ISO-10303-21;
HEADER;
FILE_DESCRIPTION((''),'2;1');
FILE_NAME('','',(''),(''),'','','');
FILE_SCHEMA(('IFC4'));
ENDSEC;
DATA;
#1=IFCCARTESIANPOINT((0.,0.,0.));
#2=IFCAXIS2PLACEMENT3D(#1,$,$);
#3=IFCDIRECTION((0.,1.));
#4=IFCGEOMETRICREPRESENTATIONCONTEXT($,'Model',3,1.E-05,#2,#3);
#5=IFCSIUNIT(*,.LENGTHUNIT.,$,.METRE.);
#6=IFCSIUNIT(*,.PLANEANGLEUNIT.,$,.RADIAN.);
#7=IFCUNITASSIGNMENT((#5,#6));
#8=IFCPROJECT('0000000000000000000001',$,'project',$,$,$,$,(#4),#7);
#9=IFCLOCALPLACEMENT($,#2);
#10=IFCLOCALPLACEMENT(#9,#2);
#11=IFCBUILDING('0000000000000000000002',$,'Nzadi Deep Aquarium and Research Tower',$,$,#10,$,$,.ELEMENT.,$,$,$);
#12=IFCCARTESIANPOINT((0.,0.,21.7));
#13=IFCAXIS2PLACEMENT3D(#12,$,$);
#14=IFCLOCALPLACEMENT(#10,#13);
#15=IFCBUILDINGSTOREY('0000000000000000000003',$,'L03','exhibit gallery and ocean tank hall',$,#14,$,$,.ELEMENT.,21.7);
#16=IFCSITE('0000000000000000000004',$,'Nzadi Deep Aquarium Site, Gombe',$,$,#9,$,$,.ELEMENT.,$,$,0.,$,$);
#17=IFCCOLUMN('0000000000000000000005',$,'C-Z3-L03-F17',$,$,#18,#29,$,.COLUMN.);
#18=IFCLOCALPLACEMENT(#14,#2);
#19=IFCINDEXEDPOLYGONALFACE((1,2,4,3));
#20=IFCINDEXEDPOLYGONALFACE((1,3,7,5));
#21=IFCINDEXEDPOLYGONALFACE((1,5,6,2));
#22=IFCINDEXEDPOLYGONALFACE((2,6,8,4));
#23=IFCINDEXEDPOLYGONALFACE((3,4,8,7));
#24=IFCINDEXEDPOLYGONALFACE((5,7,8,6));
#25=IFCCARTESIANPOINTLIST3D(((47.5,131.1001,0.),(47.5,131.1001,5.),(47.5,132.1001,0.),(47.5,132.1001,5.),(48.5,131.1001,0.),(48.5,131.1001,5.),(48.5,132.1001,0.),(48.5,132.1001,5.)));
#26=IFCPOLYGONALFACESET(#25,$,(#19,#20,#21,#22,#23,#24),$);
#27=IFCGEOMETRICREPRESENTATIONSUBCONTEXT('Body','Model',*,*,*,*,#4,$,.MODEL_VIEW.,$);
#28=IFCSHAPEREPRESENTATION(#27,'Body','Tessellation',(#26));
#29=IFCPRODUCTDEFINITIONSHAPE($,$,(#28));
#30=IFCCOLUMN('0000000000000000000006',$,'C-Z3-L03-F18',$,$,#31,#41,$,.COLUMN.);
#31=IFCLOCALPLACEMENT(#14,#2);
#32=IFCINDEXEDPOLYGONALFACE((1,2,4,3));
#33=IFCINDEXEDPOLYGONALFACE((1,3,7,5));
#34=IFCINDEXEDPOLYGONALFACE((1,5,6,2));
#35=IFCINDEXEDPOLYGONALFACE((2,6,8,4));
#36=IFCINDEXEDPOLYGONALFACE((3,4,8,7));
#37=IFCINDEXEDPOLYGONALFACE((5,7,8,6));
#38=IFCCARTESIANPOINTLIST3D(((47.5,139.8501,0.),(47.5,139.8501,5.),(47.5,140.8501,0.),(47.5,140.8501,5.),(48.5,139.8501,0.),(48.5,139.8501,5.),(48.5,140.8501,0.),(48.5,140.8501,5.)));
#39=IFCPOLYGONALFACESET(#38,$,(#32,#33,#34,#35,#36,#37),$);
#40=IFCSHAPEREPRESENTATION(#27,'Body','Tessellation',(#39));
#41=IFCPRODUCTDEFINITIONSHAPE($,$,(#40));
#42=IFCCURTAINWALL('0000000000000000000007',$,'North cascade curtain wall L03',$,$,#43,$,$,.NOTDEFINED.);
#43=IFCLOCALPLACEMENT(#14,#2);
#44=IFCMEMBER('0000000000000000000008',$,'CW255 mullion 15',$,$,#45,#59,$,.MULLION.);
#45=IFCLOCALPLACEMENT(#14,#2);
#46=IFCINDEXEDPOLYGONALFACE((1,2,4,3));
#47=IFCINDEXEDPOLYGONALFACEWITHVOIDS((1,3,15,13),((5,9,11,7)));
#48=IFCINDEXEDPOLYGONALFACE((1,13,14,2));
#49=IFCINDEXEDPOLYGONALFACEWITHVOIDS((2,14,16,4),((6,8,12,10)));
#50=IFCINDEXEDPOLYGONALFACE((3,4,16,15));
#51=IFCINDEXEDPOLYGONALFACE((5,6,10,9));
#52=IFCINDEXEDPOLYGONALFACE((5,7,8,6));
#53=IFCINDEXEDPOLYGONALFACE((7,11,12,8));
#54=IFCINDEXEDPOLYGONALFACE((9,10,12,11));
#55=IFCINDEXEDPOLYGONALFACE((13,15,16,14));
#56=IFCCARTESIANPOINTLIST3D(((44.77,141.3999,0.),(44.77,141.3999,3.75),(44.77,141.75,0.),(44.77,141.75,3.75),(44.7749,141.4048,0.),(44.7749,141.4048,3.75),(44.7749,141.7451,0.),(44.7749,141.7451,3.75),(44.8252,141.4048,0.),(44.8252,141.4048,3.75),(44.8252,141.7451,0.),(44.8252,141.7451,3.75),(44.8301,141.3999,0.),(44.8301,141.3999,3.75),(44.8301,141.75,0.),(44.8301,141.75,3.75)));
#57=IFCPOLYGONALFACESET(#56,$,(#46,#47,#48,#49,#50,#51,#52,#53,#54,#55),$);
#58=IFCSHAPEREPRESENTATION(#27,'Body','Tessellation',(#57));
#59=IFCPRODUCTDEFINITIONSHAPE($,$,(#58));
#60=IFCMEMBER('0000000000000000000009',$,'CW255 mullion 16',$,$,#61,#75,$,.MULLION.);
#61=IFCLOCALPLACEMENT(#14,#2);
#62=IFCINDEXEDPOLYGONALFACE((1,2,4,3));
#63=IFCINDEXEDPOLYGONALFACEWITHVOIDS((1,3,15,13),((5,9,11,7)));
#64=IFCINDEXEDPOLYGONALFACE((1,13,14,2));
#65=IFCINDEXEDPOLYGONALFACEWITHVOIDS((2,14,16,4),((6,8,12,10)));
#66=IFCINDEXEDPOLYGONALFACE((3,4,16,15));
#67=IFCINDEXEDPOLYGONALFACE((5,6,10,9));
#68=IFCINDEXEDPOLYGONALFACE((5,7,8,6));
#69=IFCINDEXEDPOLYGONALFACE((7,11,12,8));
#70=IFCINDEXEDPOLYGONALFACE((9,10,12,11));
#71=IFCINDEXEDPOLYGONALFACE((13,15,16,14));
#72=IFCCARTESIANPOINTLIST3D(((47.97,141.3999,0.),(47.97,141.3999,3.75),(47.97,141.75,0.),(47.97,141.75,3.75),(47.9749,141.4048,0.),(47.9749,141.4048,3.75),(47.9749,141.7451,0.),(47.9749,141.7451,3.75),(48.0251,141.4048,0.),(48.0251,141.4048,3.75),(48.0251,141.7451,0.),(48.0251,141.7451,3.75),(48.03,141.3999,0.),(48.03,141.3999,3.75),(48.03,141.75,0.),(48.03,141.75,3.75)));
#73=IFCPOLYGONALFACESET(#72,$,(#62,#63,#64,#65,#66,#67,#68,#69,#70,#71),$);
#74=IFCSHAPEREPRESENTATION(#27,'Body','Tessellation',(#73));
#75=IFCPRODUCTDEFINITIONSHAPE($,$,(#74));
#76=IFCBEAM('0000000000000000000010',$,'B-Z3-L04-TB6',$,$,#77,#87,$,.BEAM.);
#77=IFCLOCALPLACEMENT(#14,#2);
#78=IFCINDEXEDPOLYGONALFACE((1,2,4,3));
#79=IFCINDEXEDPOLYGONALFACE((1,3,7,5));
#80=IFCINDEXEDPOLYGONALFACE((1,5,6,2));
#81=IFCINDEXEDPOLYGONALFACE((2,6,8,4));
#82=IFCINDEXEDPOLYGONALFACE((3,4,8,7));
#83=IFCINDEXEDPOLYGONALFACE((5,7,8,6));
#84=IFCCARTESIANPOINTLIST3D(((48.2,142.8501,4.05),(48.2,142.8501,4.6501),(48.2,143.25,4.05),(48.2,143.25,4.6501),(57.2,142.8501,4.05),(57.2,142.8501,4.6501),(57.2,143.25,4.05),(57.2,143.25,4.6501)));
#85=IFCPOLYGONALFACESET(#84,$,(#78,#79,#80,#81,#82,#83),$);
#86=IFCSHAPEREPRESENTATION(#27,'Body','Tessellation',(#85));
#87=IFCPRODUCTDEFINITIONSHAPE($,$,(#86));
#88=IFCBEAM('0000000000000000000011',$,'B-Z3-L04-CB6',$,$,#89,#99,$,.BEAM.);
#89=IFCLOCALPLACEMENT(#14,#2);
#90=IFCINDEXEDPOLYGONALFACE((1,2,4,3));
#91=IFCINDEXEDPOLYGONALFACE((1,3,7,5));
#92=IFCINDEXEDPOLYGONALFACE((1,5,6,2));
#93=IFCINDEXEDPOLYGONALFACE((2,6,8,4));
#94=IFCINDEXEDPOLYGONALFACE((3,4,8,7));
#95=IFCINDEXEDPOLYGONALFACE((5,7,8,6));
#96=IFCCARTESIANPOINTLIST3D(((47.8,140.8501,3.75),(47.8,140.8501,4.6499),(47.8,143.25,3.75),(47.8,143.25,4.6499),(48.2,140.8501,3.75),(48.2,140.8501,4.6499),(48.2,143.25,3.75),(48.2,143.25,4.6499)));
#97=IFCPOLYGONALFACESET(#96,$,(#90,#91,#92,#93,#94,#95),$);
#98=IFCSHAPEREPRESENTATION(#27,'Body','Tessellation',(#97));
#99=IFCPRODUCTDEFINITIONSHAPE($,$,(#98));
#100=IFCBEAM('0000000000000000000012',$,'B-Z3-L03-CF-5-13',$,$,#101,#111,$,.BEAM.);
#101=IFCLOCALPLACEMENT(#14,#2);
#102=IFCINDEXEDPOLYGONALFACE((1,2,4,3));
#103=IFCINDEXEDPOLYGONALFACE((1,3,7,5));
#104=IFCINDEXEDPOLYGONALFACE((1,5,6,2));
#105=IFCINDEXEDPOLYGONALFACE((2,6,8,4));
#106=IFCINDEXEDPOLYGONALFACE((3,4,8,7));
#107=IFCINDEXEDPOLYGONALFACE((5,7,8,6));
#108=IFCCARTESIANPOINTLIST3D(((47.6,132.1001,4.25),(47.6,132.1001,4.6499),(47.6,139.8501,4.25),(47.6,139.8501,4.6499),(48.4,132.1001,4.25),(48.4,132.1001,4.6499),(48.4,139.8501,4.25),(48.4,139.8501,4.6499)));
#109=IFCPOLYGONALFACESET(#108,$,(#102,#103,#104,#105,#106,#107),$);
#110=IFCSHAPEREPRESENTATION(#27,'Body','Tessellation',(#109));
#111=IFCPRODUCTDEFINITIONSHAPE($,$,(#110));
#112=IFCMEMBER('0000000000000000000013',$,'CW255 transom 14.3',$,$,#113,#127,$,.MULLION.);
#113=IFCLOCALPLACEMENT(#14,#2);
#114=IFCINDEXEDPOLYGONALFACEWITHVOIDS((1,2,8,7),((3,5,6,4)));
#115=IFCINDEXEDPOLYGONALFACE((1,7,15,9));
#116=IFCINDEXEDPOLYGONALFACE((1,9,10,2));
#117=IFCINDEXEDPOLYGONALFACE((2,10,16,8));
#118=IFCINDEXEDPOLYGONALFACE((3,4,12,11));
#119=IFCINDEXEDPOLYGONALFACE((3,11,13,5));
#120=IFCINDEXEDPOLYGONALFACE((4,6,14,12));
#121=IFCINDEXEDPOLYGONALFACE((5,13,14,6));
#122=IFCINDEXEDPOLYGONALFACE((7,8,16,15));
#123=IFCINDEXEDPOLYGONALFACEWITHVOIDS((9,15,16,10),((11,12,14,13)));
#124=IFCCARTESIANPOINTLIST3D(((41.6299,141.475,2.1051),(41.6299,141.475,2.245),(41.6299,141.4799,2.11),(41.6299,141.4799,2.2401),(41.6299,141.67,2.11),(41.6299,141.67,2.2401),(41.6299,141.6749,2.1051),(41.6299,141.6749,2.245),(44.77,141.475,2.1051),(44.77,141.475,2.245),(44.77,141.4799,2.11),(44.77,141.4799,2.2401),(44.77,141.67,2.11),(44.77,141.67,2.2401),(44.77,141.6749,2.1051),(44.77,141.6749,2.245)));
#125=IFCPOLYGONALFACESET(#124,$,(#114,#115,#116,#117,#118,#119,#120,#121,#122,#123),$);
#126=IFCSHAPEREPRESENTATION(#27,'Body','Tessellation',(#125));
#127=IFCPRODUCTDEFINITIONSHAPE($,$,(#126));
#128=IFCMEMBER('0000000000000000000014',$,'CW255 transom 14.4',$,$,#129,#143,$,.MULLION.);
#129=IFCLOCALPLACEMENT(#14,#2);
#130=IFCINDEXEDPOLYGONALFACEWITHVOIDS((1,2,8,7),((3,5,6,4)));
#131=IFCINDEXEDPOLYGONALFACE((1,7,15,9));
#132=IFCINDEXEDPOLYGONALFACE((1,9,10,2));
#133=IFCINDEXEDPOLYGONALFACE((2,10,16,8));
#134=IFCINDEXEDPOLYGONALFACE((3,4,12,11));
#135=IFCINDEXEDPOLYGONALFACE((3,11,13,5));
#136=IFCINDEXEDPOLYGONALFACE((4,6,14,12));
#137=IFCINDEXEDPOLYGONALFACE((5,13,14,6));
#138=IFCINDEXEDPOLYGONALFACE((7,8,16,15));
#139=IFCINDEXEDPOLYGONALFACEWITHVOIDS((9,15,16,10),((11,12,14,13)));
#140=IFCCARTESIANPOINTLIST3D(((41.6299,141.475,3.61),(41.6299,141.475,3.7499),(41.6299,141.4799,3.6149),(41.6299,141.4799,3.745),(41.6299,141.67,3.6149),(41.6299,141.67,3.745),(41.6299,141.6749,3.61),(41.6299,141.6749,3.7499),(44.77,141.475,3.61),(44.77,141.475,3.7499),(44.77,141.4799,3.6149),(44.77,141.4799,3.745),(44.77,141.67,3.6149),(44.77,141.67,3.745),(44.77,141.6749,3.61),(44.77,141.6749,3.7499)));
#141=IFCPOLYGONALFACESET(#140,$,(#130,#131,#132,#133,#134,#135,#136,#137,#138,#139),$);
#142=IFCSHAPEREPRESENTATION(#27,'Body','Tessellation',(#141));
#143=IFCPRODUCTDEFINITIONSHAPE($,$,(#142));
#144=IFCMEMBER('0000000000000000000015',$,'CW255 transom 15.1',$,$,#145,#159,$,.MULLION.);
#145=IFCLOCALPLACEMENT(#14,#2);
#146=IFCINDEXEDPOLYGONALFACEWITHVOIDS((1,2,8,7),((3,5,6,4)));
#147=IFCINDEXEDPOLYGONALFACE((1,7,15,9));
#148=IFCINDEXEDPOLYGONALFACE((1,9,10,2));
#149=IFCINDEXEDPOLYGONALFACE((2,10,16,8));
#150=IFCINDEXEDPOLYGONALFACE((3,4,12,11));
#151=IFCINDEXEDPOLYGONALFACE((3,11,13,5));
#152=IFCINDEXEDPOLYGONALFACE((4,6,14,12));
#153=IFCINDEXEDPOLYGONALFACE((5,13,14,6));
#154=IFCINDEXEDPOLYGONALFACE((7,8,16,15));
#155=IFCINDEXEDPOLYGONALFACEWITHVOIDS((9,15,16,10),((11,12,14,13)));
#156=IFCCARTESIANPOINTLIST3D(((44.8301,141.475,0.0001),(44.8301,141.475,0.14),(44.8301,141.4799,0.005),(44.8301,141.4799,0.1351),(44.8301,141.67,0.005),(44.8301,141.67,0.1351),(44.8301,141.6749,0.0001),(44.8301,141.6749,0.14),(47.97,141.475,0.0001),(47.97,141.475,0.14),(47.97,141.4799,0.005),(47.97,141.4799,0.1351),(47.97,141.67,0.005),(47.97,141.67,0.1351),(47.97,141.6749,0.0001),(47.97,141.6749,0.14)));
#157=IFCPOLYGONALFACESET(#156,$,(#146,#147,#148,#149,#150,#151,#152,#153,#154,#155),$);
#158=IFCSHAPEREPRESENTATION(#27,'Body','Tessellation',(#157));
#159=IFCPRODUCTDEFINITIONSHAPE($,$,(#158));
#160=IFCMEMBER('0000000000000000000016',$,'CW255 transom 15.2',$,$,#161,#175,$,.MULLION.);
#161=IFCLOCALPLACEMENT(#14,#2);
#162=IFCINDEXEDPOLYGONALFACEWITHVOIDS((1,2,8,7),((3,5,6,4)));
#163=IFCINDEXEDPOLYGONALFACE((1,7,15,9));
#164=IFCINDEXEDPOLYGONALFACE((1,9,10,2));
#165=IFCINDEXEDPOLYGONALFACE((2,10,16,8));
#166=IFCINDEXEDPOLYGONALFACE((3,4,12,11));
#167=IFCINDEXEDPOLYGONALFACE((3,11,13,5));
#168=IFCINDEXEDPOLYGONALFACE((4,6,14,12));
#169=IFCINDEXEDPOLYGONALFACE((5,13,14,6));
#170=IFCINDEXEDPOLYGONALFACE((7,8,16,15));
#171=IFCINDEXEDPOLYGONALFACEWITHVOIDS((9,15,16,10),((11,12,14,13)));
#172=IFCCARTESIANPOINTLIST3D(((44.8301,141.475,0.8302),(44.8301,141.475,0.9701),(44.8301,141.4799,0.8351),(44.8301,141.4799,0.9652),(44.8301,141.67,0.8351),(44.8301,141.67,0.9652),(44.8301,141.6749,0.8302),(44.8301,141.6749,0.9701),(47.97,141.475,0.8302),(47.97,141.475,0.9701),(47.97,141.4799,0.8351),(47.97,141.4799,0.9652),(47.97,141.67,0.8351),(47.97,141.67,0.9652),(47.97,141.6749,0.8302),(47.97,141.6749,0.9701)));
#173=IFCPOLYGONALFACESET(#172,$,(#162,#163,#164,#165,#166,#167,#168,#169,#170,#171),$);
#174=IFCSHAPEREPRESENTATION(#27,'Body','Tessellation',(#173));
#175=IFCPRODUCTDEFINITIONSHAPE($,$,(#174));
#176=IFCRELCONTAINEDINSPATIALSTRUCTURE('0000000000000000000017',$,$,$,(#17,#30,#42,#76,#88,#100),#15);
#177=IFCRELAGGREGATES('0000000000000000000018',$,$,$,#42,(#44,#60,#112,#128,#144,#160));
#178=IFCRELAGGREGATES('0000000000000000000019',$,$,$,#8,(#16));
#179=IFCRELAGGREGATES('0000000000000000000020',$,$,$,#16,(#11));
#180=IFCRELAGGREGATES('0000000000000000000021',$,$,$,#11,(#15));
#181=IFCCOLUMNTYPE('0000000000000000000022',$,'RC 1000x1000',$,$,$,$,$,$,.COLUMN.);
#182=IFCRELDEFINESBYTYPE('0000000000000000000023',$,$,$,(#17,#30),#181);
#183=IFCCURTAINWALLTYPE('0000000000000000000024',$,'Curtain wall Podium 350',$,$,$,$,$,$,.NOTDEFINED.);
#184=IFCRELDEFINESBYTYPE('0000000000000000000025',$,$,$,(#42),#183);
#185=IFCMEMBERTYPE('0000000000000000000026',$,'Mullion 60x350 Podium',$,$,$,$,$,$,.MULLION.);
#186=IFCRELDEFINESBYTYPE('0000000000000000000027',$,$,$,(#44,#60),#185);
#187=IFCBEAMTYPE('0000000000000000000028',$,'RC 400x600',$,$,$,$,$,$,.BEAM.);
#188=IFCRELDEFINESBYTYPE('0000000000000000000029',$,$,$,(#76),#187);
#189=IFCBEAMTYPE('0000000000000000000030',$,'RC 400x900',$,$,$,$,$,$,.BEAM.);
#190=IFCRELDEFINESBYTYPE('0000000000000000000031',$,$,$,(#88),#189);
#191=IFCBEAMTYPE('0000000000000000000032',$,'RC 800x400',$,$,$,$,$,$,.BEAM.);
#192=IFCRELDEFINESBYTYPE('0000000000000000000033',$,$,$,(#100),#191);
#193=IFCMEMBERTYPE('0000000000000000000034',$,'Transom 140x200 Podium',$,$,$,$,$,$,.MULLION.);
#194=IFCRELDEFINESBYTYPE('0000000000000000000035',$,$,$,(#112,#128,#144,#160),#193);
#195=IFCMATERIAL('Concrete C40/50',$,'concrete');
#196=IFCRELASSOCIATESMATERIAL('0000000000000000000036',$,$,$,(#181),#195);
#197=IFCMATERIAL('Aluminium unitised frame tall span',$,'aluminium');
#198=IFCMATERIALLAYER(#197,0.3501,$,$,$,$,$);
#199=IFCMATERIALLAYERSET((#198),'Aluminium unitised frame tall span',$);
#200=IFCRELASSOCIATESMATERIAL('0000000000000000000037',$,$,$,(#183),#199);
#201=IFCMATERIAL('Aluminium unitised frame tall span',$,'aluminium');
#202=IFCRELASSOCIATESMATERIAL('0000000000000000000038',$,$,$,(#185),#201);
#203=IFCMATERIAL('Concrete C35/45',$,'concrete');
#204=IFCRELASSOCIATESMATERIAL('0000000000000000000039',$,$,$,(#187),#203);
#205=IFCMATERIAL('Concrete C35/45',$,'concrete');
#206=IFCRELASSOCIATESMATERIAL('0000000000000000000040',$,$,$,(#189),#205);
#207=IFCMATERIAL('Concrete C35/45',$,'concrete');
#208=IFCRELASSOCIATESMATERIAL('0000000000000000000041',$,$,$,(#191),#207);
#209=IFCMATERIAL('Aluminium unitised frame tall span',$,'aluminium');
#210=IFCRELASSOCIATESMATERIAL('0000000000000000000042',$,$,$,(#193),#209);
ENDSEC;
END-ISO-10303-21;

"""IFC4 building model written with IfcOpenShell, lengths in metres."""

from ifc_helpers import new_model, si_unit, direction, frame, origin, origin_2d, place, context, subcontext, project, spatial, rectangle, hollow_rectangle, extrude, material, layer, layer_set, material_profile, profile_set, type_object, element, aggregate, save


model = new_model("IFC4")

# Units and contexts
model_context = context("Model", 3, precision=1e-05, world=origin(), true_north=direction((0.0, 1.0)))
body_context = subcontext(model_context, "Body", "Model", "MODEL_VIEW")
ifc_project = project(units=[si_unit("LENGTHUNIT", "METRE"), si_unit("PLANEANGLEUNIT", "RADIAN")], contexts=[model_context])

# Site, building, storey
site_placement = place(None, origin())
site = spatial("IfcSite", under=ifc_project, at=site_placement, Name="Nzadi Deep Aquarium Site, Gombe", CompositionType="ELEMENT", RefElevation=0.0)
building_placement = place(site_placement, origin())
building = spatial("IfcBuilding", under=site, at=building_placement, Name="Nzadi Deep Aquarium and Research Tower", CompositionType="ELEMENT")
storey_placement = place(building_placement, frame((0.0, 0.0, 21.7)))
storey = spatial("IfcBuildingStorey", under=building, at=storey_placement, Name="L03", Description="exhibit gallery and ocean tank hall", CompositionType="ELEMENT", Elevation=21.7)

# Columns
ifc_material_1 = material(Name="Concrete C40/50", Category="concrete")
ifc_material_profile_1 = material_profile(ifc_material_1, rectangle(XDim=1.0, YDim=1.0, at=origin_2d()))
ifc_profile_set_1 = profile_set([ifc_material_profile_1], Name="Concrete C40/50")
column_type = type_object("IfcColumnType", Name="RC 1000x1000", PredefinedType="COLUMN", material=ifc_profile_set_1)
for number, where, z_axis, x_axis, name in (
    (1, (48.0, 131.6001, 0.0), (0.0, 0.0, 1.0), (1.0, 0.0, 0.0), "C-Z3-L03-F17"),
    (2, (48.0, 140.3501, 0.0), (0.0, 0.0, 1.0), (1.0, 0.0, 0.0), "C-Z3-L03-F18"),
):
    element("IfcColumn", number, at=place(storey_placement, frame(where, z_axis=z_axis, x_axis=x_axis)), inside=storey, type_object=column_type, Name=name, PredefinedType="COLUMN", context=body_context, shape_type="SweptSolid", body=[
        extrude(rectangle(XDim=1.0, YDim=1.0, at=origin_2d()), origin(), (0.0, 0.0, 1.0), 5.0),
    ])

# Curtain wall, members
ifc_material_2 = material(Name="Aluminium unitised frame tall span", Category="aluminium")
ifc_layer_1 = layer(ifc_material_2, 0.3501)
ifc_layer_set_1 = layer_set([ifc_layer_1], Name="Aluminium unitised frame tall span")
curtain_wall_type = type_object("IfcCurtainWallType", Name="Curtain wall Podium 350", PredefinedType="NOTDEFINED", material=ifc_layer_set_1)
curtain_wall_placement = place(storey_placement, origin())
curtain_wall = element("IfcCurtainWall", 3, at=curtain_wall_placement, inside=storey, type_object=curtain_wall_type, Name="North cascade curtain wall L03", PredefinedType="NOTDEFINED")
ifc_material_3 = material(Name="Aluminium unitised frame tall span", Category="aluminium")
ifc_material_profile_2 = material_profile(ifc_material_3, hollow_rectangle(XDim=0.3501, YDim=0.0601, WallThickness=0.0049, at=origin_2d()))
ifc_profile_set_2 = profile_set([ifc_material_profile_2], Name="Aluminium unitised frame tall span")
member_type_1 = type_object("IfcMemberType", Name="Mullion 60x350 Podium", PredefinedType="MULLION", material=ifc_profile_set_2)
member_1_placement = place(storey_placement, frame((44.8, 141.575, 0.0), z_axis=(0.0, 0.0, 1.0), x_axis=(0.0, 1.0, 0.0)))
member_1 = element("IfcMember", 4, at=member_1_placement, type_object=member_type_1, Name="CW255 mullion 15", PredefinedType="MULLION", context=body_context, shape_type="SweptSolid", body=[
    extrude(hollow_rectangle(XDim=0.3501, YDim=0.0601, WallThickness=0.0049, at=origin_2d()), origin(), (0.0, 0.0, 1.0), 3.75),
])
member_2_placement = place(storey_placement, frame((48.0, 141.575, 0.0), z_axis=(0.0, 0.0, 1.0), x_axis=(0.0, 1.0, 0.0)))
member_2 = element("IfcMember", 5, at=member_2_placement, type_object=member_type_1, Name="CW255 mullion 16", PredefinedType="MULLION", context=body_context, shape_type="SweptSolid", body=[
    extrude(hollow_rectangle(XDim=0.3501, YDim=0.0601, WallThickness=0.0049, at=origin_2d()), origin(), (0.0, 0.0, 1.0), 3.75),
])

# Beams
ifc_material_4 = material(Name="Concrete C35/45", Category="concrete")
ifc_material_profile_3 = material_profile(ifc_material_4, rectangle(XDim=0.3999, YDim=0.6001, at=origin_2d()))
ifc_profile_set_3 = profile_set([ifc_material_profile_3], Name="Concrete C35/45")
beam_type_1 = type_object("IfcBeamType", Name="RC 400x600", PredefinedType="BEAM", material=ifc_profile_set_3)
beam_1_placement = place(storey_placement, frame((48.2, 143.05, 4.3501), z_axis=(1.0, 0.0, 0.0), x_axis=(0.0, 1.0, 0.0)))
element("IfcBeam", 6, at=beam_1_placement, inside=storey, type_object=beam_type_1, Name="B-Z3-L04-TB6", PredefinedType="BEAM", context=body_context, shape_type="SweptSolid", body=[
    extrude(rectangle(XDim=0.3999, YDim=0.6001, at=origin_2d()), origin(), (0.0, 0.0, 1.0), 9.0),
])
ifc_material_5 = material(Name="Concrete C35/45", Category="concrete")
ifc_material_profile_4 = material_profile(ifc_material_5, rectangle(XDim=0.3999, YDim=0.8999, at=origin_2d()))
ifc_profile_set_4 = profile_set([ifc_material_profile_4], Name="Concrete C35/45")
beam_type_2 = type_object("IfcBeamType", Name="RC 400x900", PredefinedType="BEAM", material=ifc_profile_set_4)
beam_2_placement = place(storey_placement, frame((48.0, 140.8501, 4.2), z_axis=(0.0, 1.0, 0.0), x_axis=(-1.0, 0.0, 0.0)))
element("IfcBeam", 7, at=beam_2_placement, inside=storey, type_object=beam_type_2, Name="B-Z3-L04-CB6", PredefinedType="BEAM", context=body_context, shape_type="SweptSolid", body=[
    extrude(rectangle(XDim=0.3999, YDim=0.8999, at=origin_2d()), origin(), (0.0, 0.0, 1.0), 2.3999),
])
ifc_material_6 = material(Name="Concrete C35/45", Category="concrete")
ifc_material_profile_5 = material_profile(ifc_material_6, rectangle(XDim=0.8, YDim=0.3999, at=origin_2d()))
ifc_profile_set_5 = profile_set([ifc_material_profile_5], Name="Concrete C35/45")
beam_type_3 = type_object("IfcBeamType", Name="RC 800x400", PredefinedType="BEAM", material=ifc_profile_set_5)
beam_3_placement = place(storey_placement, frame((48.0, 132.1001, 4.45), z_axis=(0.0, 1.0, 0.0), x_axis=(-1.0, 0.0, 0.0)))
element("IfcBeam", 8, at=beam_3_placement, inside=storey, type_object=beam_type_3, Name="B-Z3-L03-CF-5-13", PredefinedType="BEAM", context=body_context, shape_type="SweptSolid", body=[
    extrude(rectangle(XDim=0.8, YDim=0.3999, at=origin_2d()), origin(), (0.0, 0.0, 1.0), 7.75),
])

# Members
ifc_material_7 = material(Name="Aluminium unitised frame tall span", Category="aluminium")
ifc_material_profile_6 = material_profile(ifc_material_7, hollow_rectangle(XDim=0.2, YDim=0.1399, WallThickness=0.0049, at=origin_2d()))
ifc_profile_set_6 = profile_set([ifc_material_profile_6], Name="Aluminium unitised frame tall span")
member_type_2 = type_object("IfcMemberType", Name="Transom 140x200 Podium", PredefinedType="MULLION", material=ifc_profile_set_6)
member_3_placement = place(storey_placement, frame((41.6299, 141.575, 2.175), z_axis=(1.0, 0.0, 0.0), x_axis=(0.0, 1.0, 0.0)))
member_3 = element("IfcMember", 9, at=member_3_placement, type_object=member_type_2, Name="CW255 transom 14.3", PredefinedType="MULLION", context=body_context, shape_type="SweptSolid", body=[
    extrude(hollow_rectangle(XDim=0.2, YDim=0.1399, WallThickness=0.0049, at=origin_2d()), origin(), (0.0, 0.0, 1.0), 3.1401),
])
member_4_placement = place(storey_placement, frame((41.6299, 141.575, 3.6799), z_axis=(1.0, 0.0, 0.0), x_axis=(0.0, 1.0, 0.0)))
member_4 = element("IfcMember", 10, at=member_4_placement, type_object=member_type_2, Name="CW255 transom 14.4", PredefinedType="MULLION", context=body_context, shape_type="SweptSolid", body=[
    extrude(hollow_rectangle(XDim=0.2, YDim=0.1399, WallThickness=0.0049, at=origin_2d()), origin(), (0.0, 0.0, 1.0), 3.1401),
])
member_5_placement = place(storey_placement, frame((44.8301, 141.575, 0.0701), z_axis=(1.0, 0.0, 0.0), x_axis=(0.0, 1.0, 0.0)))
member_5 = element("IfcMember", 11, at=member_5_placement, type_object=member_type_2, Name="CW255 transom 15.1", PredefinedType="MULLION", context=body_context, shape_type="SweptSolid", body=[
    extrude(hollow_rectangle(XDim=0.2, YDim=0.1399, WallThickness=0.0049, at=origin_2d()), origin(), (0.0, 0.0, 1.0), 3.1399),
])
member_6_placement = place(storey_placement, frame((44.8301, 141.575, 0.9001), z_axis=(1.0, 0.0, 0.0), x_axis=(0.0, 1.0, 0.0)))
member_6 = element("IfcMember", 12, at=member_6_placement, type_object=member_type_2, Name="CW255 transom 15.2", PredefinedType="MULLION", context=body_context, shape_type="SweptSolid", body=[
    extrude(hollow_rectangle(XDim=0.2, YDim=0.1399, WallThickness=0.0049, at=origin_2d()), origin(), (0.0, 0.0, 1.0), 3.1399),
])

aggregate(curtain_wall, [member_1, member_2, member_3, member_4, member_5, member_6])

save(model, "model.ifc")
